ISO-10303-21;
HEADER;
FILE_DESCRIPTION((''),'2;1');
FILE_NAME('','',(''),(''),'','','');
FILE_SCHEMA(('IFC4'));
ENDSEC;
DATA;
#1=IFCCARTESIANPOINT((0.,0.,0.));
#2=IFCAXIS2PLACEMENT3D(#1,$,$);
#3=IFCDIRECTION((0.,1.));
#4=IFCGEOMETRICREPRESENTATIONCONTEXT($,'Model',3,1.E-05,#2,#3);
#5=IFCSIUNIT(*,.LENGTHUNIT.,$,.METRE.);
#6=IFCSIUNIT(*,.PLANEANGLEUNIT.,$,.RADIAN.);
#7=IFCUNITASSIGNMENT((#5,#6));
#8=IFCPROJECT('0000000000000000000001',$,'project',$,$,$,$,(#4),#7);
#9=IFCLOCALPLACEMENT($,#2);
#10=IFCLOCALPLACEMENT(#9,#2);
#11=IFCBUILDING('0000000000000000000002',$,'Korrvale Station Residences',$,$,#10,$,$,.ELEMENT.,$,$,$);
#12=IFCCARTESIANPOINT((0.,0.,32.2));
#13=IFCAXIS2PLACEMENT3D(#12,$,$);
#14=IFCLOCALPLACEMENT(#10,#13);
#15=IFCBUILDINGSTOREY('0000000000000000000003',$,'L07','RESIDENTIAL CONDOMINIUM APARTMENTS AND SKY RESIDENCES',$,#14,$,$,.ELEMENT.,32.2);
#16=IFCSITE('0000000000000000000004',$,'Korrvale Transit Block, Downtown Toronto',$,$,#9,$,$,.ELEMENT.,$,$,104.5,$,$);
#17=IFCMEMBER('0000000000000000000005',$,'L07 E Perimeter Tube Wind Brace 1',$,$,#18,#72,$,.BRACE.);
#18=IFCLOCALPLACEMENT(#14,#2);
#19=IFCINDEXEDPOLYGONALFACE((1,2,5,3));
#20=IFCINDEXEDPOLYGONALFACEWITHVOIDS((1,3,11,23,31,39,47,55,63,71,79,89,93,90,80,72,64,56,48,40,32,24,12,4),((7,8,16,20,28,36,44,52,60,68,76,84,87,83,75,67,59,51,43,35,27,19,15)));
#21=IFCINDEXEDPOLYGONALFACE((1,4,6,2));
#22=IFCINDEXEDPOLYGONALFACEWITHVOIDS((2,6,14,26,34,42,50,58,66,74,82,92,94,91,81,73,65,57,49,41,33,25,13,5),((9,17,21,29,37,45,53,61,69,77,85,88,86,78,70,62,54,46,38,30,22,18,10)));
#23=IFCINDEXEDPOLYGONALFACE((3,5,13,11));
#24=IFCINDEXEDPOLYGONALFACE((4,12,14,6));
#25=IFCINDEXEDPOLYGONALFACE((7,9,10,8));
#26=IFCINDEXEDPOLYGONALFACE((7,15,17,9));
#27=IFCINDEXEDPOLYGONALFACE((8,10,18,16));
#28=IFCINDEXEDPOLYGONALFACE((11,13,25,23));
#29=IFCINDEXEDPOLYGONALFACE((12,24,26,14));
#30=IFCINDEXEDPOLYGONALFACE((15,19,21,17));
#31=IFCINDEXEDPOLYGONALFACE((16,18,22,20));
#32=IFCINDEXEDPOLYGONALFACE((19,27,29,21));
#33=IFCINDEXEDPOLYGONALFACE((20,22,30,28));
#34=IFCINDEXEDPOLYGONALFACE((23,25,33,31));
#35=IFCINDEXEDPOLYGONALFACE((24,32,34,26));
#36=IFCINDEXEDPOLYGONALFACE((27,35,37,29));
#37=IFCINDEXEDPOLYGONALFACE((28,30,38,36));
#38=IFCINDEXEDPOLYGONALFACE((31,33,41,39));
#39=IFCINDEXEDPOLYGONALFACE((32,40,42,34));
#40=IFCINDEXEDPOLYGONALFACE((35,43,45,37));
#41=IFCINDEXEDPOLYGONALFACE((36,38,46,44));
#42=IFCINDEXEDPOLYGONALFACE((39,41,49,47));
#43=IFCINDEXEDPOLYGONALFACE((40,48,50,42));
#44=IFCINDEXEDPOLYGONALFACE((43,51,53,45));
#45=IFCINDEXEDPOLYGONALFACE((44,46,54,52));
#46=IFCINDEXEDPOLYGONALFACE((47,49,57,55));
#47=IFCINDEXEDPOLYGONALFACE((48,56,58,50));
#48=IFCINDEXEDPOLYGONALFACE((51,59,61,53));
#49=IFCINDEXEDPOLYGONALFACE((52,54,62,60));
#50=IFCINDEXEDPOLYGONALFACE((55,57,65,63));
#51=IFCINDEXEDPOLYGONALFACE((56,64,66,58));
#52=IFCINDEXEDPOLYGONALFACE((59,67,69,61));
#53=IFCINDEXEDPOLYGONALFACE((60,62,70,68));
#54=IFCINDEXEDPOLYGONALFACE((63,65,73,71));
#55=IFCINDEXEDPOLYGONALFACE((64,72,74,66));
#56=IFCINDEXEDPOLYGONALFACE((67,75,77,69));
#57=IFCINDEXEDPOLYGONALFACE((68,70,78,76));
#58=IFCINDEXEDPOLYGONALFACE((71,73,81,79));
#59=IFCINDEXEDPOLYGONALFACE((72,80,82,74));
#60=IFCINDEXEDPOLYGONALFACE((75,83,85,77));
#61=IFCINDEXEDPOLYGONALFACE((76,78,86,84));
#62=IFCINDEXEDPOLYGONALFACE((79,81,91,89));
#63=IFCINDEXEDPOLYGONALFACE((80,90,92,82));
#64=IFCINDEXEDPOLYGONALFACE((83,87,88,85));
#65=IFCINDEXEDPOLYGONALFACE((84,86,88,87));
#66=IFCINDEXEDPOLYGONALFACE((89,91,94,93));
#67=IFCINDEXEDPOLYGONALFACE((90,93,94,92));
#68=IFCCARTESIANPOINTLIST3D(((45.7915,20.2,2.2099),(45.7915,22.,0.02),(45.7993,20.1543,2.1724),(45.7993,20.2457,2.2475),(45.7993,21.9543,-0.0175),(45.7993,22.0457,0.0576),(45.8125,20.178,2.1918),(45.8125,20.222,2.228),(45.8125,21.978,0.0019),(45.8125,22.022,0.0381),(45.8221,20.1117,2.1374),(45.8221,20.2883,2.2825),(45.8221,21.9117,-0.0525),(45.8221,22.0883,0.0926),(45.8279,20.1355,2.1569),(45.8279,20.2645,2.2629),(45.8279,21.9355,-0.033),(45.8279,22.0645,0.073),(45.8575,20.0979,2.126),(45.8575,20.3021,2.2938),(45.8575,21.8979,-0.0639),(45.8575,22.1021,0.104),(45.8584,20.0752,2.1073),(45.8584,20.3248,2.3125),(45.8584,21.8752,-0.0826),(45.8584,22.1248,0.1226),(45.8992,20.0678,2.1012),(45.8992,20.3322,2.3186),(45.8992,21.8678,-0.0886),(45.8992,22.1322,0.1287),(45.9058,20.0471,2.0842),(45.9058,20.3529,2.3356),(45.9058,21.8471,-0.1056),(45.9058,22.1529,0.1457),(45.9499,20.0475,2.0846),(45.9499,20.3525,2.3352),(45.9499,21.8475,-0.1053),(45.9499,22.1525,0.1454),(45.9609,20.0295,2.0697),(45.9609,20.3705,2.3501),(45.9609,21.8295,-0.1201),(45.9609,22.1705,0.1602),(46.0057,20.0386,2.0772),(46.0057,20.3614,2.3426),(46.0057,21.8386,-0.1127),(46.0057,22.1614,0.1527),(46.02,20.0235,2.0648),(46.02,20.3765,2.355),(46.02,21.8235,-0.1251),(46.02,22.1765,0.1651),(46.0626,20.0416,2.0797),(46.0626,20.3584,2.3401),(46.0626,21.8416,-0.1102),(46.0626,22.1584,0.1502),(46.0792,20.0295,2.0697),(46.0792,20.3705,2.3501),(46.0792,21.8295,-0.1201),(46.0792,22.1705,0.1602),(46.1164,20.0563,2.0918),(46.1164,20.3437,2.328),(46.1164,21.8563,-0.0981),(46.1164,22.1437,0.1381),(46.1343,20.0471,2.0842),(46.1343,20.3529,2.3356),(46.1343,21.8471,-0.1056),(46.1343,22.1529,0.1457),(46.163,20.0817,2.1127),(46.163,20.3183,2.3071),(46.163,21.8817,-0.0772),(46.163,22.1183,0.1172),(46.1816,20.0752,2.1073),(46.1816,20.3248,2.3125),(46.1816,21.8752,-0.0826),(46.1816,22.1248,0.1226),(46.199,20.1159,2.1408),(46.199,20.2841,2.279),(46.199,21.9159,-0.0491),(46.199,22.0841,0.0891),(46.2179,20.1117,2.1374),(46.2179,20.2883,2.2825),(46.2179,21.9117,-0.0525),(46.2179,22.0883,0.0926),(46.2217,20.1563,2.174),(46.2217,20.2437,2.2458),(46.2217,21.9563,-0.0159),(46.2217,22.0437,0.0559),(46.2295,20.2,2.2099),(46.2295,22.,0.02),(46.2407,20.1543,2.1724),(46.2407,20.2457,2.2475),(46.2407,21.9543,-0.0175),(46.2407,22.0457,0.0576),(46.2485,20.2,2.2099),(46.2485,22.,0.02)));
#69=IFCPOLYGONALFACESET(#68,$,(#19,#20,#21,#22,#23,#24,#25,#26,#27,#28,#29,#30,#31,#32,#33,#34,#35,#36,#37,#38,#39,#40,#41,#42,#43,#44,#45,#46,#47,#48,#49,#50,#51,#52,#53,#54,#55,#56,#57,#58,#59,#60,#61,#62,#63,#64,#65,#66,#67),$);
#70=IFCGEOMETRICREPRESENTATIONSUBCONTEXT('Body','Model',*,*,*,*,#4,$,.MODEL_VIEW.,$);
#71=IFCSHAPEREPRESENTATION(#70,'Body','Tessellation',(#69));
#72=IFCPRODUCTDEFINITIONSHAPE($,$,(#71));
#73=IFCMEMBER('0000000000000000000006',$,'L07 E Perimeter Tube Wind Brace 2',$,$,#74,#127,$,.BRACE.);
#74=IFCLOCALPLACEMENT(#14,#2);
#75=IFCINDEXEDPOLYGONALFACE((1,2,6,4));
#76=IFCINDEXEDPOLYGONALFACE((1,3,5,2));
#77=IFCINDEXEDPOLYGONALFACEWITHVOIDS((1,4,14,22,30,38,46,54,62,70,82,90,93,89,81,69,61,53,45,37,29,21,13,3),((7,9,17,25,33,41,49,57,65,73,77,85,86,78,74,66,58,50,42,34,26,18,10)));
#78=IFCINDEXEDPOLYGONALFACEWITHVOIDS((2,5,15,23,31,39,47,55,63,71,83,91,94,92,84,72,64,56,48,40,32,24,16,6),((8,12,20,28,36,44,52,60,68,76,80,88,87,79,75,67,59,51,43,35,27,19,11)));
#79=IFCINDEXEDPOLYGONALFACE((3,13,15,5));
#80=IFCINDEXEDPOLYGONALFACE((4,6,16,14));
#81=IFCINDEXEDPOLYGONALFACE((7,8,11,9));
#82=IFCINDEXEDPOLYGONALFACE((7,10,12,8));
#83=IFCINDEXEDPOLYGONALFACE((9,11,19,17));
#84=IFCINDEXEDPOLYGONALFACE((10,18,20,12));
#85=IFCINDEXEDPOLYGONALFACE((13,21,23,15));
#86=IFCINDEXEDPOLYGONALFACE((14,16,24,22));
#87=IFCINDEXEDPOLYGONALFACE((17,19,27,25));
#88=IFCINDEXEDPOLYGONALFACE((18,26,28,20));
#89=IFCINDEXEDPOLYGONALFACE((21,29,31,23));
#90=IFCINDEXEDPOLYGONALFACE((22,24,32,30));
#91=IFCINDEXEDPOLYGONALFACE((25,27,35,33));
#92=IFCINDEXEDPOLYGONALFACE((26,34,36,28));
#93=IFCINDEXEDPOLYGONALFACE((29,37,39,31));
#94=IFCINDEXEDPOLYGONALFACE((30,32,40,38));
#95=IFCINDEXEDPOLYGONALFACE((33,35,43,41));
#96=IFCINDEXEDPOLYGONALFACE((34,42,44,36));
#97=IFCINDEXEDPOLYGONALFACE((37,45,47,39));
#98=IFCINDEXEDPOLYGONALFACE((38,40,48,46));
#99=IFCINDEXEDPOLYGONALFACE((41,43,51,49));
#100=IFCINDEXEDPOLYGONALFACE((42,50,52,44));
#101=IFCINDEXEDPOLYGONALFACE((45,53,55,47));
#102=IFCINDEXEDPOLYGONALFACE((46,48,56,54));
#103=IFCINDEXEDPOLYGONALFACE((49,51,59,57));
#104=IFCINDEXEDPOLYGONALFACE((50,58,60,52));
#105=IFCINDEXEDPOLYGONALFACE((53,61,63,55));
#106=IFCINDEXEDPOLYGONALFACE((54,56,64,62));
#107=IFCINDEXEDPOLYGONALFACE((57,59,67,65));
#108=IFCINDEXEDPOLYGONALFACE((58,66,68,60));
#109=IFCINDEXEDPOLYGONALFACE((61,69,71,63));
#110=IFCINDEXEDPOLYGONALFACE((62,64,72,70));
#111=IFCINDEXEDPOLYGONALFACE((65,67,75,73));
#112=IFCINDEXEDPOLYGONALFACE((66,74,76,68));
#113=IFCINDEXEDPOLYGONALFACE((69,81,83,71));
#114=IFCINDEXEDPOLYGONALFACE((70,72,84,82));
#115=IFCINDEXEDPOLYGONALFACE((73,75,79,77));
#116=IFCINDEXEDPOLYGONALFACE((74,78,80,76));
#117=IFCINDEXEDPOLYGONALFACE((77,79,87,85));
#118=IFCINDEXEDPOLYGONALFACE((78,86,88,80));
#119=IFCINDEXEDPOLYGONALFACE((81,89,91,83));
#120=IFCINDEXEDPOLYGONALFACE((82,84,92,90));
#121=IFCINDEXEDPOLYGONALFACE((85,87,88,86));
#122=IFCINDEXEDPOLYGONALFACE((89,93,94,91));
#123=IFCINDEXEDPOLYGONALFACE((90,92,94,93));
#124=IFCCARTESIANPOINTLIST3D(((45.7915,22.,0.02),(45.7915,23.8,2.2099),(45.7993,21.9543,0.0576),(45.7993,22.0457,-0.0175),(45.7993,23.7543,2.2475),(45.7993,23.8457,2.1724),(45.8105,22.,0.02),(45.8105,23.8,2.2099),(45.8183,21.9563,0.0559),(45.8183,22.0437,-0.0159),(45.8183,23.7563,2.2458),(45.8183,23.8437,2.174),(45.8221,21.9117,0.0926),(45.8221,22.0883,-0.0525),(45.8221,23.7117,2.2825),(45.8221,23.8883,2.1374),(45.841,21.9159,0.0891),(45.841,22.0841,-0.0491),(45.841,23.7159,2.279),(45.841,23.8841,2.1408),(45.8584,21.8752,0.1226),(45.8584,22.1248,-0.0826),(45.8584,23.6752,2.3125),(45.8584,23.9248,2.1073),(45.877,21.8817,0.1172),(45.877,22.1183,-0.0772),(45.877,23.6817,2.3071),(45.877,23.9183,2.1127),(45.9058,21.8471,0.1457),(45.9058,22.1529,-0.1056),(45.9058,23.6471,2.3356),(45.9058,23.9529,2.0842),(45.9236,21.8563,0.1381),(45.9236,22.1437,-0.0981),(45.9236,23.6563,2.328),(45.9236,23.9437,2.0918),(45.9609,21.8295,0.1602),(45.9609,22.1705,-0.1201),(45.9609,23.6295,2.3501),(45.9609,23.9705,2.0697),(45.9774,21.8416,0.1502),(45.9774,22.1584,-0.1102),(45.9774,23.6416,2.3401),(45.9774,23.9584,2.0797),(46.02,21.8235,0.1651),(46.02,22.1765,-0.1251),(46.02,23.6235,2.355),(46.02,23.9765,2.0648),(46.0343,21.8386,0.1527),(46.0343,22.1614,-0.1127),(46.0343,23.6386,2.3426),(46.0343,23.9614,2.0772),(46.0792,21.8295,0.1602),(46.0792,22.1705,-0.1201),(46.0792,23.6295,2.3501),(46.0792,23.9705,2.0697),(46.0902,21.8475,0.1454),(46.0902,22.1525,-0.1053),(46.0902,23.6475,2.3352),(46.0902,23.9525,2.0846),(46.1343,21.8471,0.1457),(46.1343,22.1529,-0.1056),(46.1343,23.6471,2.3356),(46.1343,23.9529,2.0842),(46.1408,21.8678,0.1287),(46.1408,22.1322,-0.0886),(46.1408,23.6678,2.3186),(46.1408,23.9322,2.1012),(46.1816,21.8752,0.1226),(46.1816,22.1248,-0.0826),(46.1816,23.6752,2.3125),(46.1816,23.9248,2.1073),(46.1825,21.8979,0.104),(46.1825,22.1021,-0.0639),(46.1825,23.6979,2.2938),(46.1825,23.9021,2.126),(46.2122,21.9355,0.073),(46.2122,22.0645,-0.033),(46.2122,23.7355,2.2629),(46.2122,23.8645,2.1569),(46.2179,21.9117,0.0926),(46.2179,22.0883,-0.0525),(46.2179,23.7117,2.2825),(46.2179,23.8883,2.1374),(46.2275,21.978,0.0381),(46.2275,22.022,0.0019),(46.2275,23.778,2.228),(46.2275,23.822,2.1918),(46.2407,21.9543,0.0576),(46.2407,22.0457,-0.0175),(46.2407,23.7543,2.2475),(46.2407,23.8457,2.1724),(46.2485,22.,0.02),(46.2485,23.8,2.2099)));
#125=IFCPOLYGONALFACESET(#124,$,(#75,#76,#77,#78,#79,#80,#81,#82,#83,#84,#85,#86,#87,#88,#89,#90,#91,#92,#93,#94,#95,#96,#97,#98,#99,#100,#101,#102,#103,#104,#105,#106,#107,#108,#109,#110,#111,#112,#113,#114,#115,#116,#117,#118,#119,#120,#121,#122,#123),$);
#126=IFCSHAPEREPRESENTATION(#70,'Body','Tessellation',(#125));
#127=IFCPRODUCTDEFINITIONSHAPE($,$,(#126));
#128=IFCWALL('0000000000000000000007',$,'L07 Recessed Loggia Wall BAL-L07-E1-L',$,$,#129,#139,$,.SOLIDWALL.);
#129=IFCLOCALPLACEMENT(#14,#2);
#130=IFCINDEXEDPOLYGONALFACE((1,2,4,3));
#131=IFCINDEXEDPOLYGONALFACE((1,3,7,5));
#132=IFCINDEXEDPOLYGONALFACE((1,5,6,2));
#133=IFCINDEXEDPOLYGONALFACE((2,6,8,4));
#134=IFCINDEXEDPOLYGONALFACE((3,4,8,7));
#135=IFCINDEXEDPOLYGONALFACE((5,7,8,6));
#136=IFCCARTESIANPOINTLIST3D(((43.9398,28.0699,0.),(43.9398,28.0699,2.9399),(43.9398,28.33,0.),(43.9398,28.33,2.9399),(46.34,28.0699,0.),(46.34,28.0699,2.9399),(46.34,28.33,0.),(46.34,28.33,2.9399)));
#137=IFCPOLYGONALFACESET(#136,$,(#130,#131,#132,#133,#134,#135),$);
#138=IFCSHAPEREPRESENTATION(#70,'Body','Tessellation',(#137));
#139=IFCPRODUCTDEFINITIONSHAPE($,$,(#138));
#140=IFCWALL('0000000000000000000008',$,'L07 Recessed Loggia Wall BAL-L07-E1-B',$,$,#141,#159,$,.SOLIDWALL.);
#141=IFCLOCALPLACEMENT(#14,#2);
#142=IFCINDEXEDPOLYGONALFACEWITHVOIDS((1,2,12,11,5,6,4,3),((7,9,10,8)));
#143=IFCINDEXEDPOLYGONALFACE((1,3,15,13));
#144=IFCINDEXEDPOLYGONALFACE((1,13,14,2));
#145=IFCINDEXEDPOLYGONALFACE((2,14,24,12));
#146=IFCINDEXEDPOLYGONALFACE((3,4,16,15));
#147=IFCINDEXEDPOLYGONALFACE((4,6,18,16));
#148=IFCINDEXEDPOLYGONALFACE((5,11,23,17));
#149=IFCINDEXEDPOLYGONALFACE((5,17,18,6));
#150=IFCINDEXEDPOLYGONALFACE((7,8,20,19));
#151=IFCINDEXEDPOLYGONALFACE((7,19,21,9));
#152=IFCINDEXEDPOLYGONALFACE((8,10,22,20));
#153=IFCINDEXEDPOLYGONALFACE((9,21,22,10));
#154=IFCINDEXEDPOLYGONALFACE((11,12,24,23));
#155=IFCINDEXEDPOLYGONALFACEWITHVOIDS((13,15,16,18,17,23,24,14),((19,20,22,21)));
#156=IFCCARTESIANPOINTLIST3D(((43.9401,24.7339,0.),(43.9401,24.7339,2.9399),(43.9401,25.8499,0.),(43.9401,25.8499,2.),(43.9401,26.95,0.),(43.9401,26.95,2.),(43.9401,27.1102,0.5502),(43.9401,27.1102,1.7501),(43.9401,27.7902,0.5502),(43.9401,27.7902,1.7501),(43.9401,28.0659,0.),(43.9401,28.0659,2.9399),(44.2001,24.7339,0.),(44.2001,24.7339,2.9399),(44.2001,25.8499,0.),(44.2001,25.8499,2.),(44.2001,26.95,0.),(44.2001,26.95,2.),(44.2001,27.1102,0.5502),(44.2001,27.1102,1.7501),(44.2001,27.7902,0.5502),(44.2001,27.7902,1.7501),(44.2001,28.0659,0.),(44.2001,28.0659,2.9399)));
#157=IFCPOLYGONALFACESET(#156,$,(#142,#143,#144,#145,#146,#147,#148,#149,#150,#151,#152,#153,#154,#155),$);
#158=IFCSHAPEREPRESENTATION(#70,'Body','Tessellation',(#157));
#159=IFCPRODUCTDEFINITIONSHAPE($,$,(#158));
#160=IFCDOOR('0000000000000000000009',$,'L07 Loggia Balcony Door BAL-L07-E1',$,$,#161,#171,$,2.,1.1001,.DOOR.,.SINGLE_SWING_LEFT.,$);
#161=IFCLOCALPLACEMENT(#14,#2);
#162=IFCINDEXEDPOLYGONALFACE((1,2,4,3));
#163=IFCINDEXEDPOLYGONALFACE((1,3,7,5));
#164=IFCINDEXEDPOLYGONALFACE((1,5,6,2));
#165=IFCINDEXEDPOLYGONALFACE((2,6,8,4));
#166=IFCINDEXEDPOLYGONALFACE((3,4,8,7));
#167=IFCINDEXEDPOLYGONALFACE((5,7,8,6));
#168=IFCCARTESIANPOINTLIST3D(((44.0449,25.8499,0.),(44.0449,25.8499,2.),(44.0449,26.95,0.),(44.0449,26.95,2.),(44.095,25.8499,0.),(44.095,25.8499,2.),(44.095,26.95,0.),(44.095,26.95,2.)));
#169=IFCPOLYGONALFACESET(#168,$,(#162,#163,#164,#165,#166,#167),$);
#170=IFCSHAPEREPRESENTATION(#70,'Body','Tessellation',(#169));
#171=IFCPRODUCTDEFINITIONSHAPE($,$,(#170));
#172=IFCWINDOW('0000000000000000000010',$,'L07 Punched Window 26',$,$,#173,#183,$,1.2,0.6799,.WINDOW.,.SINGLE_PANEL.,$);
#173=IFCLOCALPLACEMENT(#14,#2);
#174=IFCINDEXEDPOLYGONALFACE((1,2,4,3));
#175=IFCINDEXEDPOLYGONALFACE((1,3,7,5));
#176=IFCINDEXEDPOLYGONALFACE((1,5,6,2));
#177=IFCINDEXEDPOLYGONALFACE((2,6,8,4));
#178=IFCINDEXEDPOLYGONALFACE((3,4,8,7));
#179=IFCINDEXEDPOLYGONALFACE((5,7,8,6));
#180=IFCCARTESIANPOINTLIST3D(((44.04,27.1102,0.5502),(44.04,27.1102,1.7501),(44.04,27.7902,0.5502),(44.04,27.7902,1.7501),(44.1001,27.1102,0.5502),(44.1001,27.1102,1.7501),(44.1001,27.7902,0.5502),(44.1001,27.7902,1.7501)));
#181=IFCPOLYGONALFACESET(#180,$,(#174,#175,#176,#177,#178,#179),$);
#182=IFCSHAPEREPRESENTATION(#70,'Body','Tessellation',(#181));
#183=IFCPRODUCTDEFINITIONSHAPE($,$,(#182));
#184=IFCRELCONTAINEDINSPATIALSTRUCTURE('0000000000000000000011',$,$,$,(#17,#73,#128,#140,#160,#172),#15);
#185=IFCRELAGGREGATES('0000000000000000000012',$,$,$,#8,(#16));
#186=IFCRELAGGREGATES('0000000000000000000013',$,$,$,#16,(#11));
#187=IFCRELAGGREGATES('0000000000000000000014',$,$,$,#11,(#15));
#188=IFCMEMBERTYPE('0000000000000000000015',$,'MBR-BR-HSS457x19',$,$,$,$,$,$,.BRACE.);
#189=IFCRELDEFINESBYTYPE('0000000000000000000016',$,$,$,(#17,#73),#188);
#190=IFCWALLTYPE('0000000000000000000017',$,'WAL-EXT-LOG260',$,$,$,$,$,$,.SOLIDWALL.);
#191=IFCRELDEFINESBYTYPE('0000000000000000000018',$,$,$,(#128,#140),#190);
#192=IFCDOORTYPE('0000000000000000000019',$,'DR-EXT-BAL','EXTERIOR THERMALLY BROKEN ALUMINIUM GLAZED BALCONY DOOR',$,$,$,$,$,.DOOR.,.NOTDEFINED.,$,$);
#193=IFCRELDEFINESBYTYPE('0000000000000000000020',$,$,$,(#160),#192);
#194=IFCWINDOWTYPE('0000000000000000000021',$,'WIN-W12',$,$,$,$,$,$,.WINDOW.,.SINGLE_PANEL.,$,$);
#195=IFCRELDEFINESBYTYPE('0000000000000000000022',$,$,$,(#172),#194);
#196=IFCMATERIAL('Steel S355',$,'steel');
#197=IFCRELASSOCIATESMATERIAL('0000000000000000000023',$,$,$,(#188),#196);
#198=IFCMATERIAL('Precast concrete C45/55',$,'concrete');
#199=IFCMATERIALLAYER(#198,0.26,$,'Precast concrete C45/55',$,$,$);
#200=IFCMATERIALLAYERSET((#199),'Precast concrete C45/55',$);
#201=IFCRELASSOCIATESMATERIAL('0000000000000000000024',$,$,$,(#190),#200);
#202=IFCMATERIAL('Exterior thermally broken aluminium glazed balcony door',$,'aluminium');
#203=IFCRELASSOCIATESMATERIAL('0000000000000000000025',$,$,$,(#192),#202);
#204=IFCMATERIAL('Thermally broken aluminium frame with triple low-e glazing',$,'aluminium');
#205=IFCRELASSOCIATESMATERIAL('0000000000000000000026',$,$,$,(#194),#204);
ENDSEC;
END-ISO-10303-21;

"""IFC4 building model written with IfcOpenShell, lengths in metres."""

from ifc_helpers import new_model, si_unit, direction, frame, frame_2d, origin, origin_2d, place, context, subcontext, project, spatial, rectangle, hollow_circle, extrude, material, layer, layer_set, material_profile, profile_set, type_object, element, fill, save


model = new_model("IFC4")

# Units and contexts
model_context = context("Model", 3, precision=1e-05, world=origin(), true_north=direction((0.0, 1.0)))
body_context = subcontext(model_context, "Body", "Model", "MODEL_VIEW")
ifc_project = project(units=[si_unit("LENGTHUNIT", "METRE"), si_unit("PLANEANGLEUNIT", "RADIAN")], contexts=[model_context])

# Site, building, storey
site_placement = place(None, origin())
site = spatial("IfcSite", under=ifc_project, at=site_placement, Name="Korrvale Transit Block, Downtown Toronto", CompositionType="ELEMENT", RefElevation=104.5)
building_placement = place(site_placement, origin())
building = spatial("IfcBuilding", under=site, at=building_placement, Name="Korrvale Station Residences", CompositionType="ELEMENT")
storey_placement = place(building_placement, frame((0.0, 0.0, 32.2)))
storey = spatial("IfcBuildingStorey", under=building, at=storey_placement, Name="L07", Description="RESIDENTIAL CONDOMINIUM APARTMENTS AND SKY RESIDENCES", CompositionType="ELEMENT", Elevation=32.2)

# Shared definitions
ifc_material_1 = material(Name="Steel S355", Category="steel")

# Members
ifc_material_profile_1 = material_profile(ifc_material_1, hollow_circle(Radius=0.2285, WallThickness=0.019, at=origin_2d()), Name="HSS457x19")
ifc_profile_set_1 = profile_set([ifc_material_profile_1], Name="Steel S355")
member_type = type_object("IfcMemberType", Name="MBR-BR-HSS457x19", PredefinedType="BRACE", material=ifc_profile_set_1)
for number, where, z_axis, x_axis, name in (
    (1, (46.02, 22.0, 0.02), (0.0, -0.634985, 0.772524), (1.0, 0.0, 0.0), "L07 E Perimeter Tube Wind Brace 1"),
    (2, (46.02, 22.0, 0.02), (0.0, 0.634985, 0.772524), (-1.0, 0.0, 0.0), "L07 E Perimeter Tube Wind Brace 2"),
):
    element("IfcMember", number, at=place(storey_placement, frame(where, z_axis=z_axis, x_axis=x_axis)), inside=storey, type_object=member_type, Name=name, PredefinedType="BRACE", context=body_context, shape_type="SweptSolid", body=[
        extrude(hollow_circle(Radius=0.2285, WallThickness=0.019, at=origin_2d()), origin(), (0.0, 0.0, 1.0), 2.8347),
    ])

# Wall
ifc_material_2 = material(Name="Precast concrete C45/55", Category="concrete")
ifc_layer_1 = layer(ifc_material_2, 0.26, Name="Precast concrete C45/55")
ifc_layer_set_1 = layer_set([ifc_layer_1], Name="Precast concrete C45/55")
wall_type_1 = type_object("IfcWallType", Name="WAL-EXT-LOG260", PredefinedType="SOLIDWALL", material=ifc_layer_set_1)
wall_1_placement = place(storey_placement, frame((46.3401, 28.2, 0.0), z_axis=(0.0, 0.0, 1.0), x_axis=(-1.0, 0.0, 0.0)))
element("IfcWall", 3, at=wall_1_placement, inside=storey, type_object=wall_type_1, Name="L07 Recessed Loggia Wall BAL-L07-E1-L", PredefinedType="SOLIDWALL", context=body_context, shape_type="SweptSolid", body=[
    extrude(rectangle(XDim=2.4001, YDim=0.26, at=frame_2d((1.2002, 0.0))), origin(), (0.0, 0.0, 1.0), 2.9399),
])

# Wall, openings, door, window
wall_2_placement = place(storey_placement, frame((44.0701, 28.0659, 0.0), z_axis=(0.0, 0.0, 1.0), x_axis=(0.0, -1.0, 0.0)))
wall_2 = element("IfcWall", 4, at=wall_2_placement, inside=storey, type_object=wall_type_1, Name="L07 Recessed Loggia Wall BAL-L07-E1-B", PredefinedType="SOLIDWALL", context=body_context, shape_type="SweptSolid", body=[
    extrude(rectangle(XDim=3.332, YDim=0.26, at=frame_2d((1.666, 0.0))), origin(), (0.0, 0.0, 1.0), 2.9399),
])
opening_1_placement = place(wall_2_placement, frame((1.116, 0.0, 0.0)))
opening_1 = element("IfcOpeningElement", 5, at=opening_1_placement, cuts=wall_2, PredefinedType="OPENING", context=body_context, shape_type="SweptSolid", body=[
    extrude(rectangle(XDim=1.1001, YDim=2.0, at=frame_2d((0.55, 1.0))), frame((0.0, 0.1401, 0.0), z_axis=(0.0, -1.0, 0.0), x_axis=(1.0, 0.0, 0.0)), (0.0, 0.0, 1.0), 0.28),
])
opening_2_placement = place(wall_2_placement, frame((0.2759, 0.0, 0.55)))
opening_2 = element("IfcOpeningElement", 6, at=opening_2_placement, cuts=wall_2, PredefinedType="OPENING", context=body_context, shape_type="SweptSolid", body=[
    extrude(rectangle(XDim=0.6799, YDim=1.2, at=frame_2d((0.3398, 0.6001))), frame((0.0, 0.1401, 0.0), z_axis=(0.0, -1.0, 0.0), x_axis=(1.0, 0.0, 0.0)), (0.0, 0.0, 1.0), 0.28),
])
ifc_material_3 = material(Name="Exterior thermally broken aluminium glazed balcony door", Category="aluminium")
door_type_1 = type_object("IfcDoorType", Name="DR-EXT-BAL", Description="EXTERIOR THERMALLY BROKEN ALUMINIUM GLAZED BALCONY DOOR", OperationType="NOTDEFINED", PredefinedType="DOOR", material=ifc_material_3)
door_1_placement = place(opening_1_placement, origin())
door_1 = element("IfcDoor", 7, at=door_1_placement, inside=storey, type_object=door_type_1, Name="L07 Loggia Balcony Door BAL-L07-E1", OperationType="SINGLE_SWING_LEFT", OverallHeight=2.0, OverallWidth=1.1001, PredefinedType="DOOR", context=body_context, shape_type="SweptSolid", body=[
    extrude(rectangle(XDim=1.1001, YDim=2.0, at=frame_2d((0.55, 1.0))), frame((0.0, 0.0249, 0.0), z_axis=(0.0, -1.0, 0.0), x_axis=(1.0, 0.0, 0.0)), (0.0, 0.0, 1.0), 0.05),
])
fill(opening_1, door_1)
ifc_material_4 = material(Name="Thermally broken aluminium frame with triple low-e glazing", Category="aluminium")
window_type_1 = type_object("IfcWindowType", Name="WIN-W12", PartitioningType="SINGLE_PANEL", PredefinedType="WINDOW", material=ifc_material_4)
window_1_placement = place(opening_2_placement, origin())
window_1 = element("IfcWindow", 8, at=window_1_placement, inside=storey, type_object=window_type_1, Name="L07 Punched Window 26", OverallHeight=1.2, OverallWidth=0.6799, PartitioningType="SINGLE_PANEL", PredefinedType="WINDOW", context=body_context, shape_type="SweptSolid", body=[
    extrude(rectangle(XDim=0.6799, YDim=1.2, at=frame_2d((0.3398, 0.6001))), frame((0.0, 0.03, 0.0), z_axis=(0.0, -1.0, 0.0), x_axis=(1.0, 0.0, 0.0)), (0.0, 0.0, 1.0), 0.0601),
])
fill(opening_2, window_1)

save(model, "model.ifc")
